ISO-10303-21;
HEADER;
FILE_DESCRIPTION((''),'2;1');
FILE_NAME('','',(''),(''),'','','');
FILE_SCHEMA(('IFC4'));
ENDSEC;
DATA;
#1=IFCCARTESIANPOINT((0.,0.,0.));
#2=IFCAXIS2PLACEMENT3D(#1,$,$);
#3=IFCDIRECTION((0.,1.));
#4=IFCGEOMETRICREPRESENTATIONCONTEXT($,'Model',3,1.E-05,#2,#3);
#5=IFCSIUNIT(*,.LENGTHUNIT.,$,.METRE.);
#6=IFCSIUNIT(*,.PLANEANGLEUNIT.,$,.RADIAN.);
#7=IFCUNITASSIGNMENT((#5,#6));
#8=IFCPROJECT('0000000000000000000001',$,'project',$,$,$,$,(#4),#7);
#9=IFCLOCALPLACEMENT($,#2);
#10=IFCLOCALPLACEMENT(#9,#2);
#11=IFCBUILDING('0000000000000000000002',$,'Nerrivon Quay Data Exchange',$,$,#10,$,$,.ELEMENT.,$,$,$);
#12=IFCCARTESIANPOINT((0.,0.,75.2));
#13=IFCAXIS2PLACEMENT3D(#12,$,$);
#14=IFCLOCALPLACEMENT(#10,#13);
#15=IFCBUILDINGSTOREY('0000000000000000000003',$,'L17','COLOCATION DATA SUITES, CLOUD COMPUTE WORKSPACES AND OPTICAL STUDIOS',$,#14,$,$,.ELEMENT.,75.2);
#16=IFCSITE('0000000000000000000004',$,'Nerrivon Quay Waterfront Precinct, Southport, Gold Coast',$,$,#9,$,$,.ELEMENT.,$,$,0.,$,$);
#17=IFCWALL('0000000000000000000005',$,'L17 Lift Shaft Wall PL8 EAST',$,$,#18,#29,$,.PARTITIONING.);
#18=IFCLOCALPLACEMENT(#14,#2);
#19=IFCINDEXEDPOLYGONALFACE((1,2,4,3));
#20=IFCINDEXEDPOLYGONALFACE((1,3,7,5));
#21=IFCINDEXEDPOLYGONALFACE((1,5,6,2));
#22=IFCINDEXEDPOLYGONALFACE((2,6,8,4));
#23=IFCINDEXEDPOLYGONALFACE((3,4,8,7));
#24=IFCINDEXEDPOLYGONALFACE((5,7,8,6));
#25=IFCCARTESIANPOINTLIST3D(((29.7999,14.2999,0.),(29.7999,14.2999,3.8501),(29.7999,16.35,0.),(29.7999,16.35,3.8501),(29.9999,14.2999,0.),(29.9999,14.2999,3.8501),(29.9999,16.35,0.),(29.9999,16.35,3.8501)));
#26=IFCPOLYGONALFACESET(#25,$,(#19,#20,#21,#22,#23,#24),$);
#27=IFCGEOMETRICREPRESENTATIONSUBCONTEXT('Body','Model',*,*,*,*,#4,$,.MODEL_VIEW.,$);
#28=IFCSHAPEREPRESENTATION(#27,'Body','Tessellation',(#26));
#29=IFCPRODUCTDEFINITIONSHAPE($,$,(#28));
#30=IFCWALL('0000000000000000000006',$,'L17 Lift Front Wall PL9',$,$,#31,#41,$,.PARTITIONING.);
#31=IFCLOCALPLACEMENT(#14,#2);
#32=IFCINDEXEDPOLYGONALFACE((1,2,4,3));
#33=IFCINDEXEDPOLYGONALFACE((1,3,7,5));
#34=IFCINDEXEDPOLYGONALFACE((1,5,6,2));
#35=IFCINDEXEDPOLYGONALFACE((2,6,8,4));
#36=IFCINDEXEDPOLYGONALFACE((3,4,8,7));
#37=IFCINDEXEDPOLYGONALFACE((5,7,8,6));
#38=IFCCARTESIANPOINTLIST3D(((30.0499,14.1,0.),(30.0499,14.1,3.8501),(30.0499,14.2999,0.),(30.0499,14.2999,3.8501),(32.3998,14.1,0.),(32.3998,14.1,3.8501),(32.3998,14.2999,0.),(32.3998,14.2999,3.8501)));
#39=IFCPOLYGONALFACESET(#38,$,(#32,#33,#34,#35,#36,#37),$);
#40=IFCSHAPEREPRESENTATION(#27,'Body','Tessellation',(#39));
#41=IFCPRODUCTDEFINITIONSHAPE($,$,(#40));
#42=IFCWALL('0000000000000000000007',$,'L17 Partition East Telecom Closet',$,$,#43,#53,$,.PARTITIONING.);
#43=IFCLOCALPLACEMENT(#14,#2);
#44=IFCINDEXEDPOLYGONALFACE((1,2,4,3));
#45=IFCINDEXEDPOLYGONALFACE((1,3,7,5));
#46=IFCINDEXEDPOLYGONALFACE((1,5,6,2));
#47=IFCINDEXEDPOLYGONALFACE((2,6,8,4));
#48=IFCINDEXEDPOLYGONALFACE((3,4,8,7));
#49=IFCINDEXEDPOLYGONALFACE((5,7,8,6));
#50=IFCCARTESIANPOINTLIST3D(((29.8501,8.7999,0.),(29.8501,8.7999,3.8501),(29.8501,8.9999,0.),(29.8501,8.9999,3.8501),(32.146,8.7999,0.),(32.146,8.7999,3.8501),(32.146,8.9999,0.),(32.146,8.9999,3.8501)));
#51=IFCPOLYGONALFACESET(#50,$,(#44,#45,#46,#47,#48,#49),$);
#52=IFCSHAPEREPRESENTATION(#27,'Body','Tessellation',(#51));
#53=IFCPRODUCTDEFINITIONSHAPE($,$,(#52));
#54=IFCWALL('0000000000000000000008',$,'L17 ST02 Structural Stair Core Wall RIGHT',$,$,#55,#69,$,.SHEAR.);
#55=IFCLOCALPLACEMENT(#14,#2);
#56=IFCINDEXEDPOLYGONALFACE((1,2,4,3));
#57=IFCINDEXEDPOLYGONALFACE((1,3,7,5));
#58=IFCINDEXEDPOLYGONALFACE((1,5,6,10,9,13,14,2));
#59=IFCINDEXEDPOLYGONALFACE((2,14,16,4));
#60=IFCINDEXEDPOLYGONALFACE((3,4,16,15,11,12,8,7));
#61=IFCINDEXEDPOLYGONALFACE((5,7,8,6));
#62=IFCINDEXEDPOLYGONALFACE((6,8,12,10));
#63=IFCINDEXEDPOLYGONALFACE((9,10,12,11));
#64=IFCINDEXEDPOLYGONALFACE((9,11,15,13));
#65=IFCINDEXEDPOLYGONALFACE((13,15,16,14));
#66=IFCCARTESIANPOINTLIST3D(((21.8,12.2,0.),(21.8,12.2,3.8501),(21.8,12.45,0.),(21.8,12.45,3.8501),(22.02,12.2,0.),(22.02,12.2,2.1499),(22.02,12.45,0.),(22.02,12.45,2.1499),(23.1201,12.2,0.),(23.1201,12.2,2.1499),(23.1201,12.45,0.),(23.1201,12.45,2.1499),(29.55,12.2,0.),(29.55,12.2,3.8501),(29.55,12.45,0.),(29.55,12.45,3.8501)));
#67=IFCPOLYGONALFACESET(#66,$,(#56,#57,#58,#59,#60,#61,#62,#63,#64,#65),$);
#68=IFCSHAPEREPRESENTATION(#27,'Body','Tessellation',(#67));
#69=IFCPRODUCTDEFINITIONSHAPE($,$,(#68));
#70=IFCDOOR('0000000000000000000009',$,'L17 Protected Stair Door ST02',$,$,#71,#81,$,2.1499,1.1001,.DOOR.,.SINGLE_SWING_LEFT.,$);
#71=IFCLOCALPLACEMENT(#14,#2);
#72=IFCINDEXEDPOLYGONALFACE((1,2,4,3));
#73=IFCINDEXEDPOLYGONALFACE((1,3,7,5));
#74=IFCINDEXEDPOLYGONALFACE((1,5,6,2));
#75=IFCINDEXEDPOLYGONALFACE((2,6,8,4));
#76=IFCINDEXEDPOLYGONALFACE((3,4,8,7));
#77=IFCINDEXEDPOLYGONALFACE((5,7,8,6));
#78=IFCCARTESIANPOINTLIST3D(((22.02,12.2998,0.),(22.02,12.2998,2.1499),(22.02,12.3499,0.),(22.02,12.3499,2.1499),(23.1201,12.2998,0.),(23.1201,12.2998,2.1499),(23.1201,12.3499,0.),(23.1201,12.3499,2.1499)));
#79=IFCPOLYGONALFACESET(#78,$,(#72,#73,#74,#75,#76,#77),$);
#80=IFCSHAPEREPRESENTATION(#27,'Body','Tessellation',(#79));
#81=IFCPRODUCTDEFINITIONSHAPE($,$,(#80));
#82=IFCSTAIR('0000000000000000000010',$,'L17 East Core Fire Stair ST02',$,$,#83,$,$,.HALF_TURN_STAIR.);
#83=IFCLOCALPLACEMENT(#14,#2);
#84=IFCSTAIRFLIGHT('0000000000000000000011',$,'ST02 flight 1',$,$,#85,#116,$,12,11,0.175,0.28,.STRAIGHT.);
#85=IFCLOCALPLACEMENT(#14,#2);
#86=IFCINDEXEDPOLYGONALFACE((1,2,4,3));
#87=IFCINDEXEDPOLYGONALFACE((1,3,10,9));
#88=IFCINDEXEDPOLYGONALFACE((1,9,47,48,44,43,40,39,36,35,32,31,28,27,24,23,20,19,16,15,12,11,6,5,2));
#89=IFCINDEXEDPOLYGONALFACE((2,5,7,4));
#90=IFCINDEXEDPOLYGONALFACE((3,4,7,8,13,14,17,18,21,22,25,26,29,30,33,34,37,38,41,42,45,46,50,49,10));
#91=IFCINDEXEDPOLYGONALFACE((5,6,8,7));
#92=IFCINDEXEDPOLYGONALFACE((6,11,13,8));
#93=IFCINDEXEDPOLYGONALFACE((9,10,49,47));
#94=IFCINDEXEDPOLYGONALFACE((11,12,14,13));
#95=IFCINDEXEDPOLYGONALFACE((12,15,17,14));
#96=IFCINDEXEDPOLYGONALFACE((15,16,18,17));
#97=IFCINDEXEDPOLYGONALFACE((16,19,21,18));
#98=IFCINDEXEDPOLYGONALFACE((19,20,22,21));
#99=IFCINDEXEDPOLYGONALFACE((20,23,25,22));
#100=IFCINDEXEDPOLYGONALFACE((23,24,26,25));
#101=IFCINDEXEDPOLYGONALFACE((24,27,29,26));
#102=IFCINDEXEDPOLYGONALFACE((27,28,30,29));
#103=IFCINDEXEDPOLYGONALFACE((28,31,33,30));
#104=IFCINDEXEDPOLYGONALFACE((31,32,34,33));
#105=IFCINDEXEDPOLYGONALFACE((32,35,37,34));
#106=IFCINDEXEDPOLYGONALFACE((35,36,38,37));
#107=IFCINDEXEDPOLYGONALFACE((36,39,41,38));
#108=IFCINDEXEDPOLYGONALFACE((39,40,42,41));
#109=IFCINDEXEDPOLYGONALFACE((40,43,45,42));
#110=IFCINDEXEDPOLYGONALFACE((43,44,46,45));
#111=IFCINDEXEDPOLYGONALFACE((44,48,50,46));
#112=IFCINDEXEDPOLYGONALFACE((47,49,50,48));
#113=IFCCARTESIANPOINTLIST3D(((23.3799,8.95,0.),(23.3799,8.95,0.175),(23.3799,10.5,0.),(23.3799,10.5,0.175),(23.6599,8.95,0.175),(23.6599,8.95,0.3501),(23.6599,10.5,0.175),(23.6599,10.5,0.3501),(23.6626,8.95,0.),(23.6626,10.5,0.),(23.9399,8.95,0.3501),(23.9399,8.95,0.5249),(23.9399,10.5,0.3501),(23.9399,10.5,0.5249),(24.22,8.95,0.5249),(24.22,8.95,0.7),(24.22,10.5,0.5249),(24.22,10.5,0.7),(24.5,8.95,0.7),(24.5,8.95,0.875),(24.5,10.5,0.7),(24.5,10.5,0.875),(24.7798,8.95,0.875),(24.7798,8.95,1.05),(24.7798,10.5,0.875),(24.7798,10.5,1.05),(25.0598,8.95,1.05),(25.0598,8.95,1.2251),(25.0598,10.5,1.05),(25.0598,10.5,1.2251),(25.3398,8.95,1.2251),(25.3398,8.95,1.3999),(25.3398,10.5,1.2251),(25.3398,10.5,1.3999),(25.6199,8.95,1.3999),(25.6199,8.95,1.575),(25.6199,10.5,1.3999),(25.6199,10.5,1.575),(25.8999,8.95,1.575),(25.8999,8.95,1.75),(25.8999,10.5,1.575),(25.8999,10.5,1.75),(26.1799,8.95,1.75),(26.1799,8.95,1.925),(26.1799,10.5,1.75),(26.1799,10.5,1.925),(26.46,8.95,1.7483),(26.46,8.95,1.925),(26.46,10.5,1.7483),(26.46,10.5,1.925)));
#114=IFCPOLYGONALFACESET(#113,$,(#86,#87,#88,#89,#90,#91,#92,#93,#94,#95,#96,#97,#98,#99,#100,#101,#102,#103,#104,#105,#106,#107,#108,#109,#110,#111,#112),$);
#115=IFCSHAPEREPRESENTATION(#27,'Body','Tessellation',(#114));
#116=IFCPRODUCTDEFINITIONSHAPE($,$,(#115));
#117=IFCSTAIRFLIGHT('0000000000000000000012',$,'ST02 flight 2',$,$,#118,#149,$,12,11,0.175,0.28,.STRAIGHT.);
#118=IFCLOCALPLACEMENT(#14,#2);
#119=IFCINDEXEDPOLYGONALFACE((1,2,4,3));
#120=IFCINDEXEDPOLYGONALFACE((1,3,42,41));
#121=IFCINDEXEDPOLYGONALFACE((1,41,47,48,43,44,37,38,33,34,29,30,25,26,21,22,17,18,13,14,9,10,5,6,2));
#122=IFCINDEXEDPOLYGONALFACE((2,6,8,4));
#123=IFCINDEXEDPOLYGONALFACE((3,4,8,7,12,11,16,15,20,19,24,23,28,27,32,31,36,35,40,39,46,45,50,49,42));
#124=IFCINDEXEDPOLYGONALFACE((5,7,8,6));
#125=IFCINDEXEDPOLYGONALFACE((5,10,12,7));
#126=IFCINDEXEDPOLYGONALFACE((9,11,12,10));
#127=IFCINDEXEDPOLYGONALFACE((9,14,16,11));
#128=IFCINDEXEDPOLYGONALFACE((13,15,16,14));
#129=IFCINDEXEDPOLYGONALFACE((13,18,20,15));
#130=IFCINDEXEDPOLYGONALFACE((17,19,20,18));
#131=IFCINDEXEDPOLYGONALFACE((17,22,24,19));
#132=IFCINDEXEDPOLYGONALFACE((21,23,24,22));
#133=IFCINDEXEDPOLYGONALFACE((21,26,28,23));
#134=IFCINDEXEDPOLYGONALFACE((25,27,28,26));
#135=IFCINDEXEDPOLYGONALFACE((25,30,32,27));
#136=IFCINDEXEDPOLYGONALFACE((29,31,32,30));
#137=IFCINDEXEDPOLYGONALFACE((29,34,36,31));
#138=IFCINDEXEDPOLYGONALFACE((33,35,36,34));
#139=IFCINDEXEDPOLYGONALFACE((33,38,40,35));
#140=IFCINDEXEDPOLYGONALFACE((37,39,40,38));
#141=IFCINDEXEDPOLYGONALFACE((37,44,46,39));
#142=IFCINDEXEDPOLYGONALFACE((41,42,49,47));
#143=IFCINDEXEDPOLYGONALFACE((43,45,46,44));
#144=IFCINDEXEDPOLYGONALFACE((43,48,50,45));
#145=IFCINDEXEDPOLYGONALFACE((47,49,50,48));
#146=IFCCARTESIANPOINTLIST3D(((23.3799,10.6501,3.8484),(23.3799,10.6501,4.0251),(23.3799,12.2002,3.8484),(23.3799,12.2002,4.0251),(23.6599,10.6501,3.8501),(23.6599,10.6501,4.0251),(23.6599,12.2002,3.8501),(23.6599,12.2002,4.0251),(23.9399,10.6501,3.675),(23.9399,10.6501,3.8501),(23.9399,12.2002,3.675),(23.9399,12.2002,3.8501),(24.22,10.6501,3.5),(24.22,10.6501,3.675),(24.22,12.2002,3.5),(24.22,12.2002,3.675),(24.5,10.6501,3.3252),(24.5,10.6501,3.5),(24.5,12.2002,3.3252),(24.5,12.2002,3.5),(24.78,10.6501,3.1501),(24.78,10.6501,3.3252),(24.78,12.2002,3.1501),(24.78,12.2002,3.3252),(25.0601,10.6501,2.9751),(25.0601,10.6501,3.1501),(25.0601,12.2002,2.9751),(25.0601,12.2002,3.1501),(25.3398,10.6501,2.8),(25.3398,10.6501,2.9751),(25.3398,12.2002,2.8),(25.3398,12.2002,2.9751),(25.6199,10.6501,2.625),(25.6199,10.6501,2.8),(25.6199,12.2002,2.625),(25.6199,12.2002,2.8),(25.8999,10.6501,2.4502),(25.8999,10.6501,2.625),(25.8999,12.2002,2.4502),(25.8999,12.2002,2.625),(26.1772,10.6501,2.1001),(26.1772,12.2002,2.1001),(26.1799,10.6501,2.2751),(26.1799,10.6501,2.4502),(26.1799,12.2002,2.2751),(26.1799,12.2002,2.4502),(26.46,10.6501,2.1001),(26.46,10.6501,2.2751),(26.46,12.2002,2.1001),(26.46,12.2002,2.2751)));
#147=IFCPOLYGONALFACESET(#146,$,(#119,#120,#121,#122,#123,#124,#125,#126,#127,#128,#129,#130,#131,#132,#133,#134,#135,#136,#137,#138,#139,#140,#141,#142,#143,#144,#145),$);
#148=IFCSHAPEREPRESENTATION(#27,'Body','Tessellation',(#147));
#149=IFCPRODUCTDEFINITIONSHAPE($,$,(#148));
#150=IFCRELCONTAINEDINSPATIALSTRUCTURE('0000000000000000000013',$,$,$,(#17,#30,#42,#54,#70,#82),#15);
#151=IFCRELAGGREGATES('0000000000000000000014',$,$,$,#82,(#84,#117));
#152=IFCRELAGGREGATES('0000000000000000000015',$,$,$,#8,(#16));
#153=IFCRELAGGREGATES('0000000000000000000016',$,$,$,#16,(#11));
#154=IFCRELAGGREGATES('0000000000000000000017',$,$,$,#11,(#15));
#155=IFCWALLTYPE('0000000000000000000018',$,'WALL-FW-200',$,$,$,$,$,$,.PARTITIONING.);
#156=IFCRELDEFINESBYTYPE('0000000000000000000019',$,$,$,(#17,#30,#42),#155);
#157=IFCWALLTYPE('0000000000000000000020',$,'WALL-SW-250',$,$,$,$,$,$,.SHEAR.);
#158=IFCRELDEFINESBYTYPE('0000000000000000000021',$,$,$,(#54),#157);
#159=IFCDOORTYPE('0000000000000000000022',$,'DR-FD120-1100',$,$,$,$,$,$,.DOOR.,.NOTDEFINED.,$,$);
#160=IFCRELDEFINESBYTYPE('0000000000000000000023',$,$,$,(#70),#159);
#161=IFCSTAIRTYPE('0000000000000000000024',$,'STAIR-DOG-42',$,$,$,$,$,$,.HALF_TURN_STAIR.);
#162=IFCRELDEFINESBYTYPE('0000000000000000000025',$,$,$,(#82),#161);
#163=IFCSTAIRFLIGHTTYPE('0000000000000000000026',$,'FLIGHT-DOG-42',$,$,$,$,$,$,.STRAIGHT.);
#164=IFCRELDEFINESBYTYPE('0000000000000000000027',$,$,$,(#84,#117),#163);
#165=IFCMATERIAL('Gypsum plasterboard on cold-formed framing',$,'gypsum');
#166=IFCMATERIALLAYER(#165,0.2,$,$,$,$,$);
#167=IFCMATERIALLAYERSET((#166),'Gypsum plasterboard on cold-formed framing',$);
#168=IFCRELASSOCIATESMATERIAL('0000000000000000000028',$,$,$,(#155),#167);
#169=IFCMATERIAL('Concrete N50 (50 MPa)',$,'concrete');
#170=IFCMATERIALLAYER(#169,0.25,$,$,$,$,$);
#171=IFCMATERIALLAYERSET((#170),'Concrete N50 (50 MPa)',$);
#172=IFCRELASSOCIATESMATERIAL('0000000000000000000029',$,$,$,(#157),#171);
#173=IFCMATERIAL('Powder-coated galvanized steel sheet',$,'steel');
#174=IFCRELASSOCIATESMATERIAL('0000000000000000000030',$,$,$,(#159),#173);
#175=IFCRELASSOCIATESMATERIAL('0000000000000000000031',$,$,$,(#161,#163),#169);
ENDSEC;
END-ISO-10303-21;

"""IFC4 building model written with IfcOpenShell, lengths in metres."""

from ifc_helpers import new_model, si_unit, direction, frame, frame_2d, origin, place, context, subcontext, project, spatial, polyline, rectangle, outline, extrude, material, layer, layer_set, type_object, element, fill, aggregate, save


model = new_model("IFC4")

# Units and contexts
model_context = context("Model", 3, precision=1e-05, world=origin(), true_north=direction((0.0, 1.0)))
body_context = subcontext(model_context, "Body", "Model", "MODEL_VIEW")
ifc_project = project(units=[si_unit("LENGTHUNIT", "METRE"), si_unit("PLANEANGLEUNIT", "RADIAN")], contexts=[model_context])

# Site, building, storey
site_placement = place(None, origin())
site = spatial("IfcSite", under=ifc_project, at=site_placement, Name="Nerrivon Quay Waterfront Precinct, Southport, Gold Coast", CompositionType="ELEMENT", RefElevation=0.0)
building_placement = place(site_placement, origin())
building = spatial("IfcBuilding", under=site, at=building_placement, Name="Nerrivon Quay Data Exchange", CompositionType="ELEMENT")
storey_placement = place(building_placement, frame((0.0, 0.0, 75.2)))
storey = spatial("IfcBuildingStorey", under=building, at=storey_placement, Name="L17", Description="COLOCATION DATA SUITES, CLOUD COMPUTE WORKSPACES AND OPTICAL STUDIOS", CompositionType="ELEMENT", Elevation=75.2)

# Shared definitions
ifc_material_1 = material(Name="Gypsum plasterboard on cold-formed framing", Category="gypsum")
ifc_layer_1 = layer(ifc_material_1, 0.2)
ifc_layer_set_1 = layer_set([ifc_layer_1], Name="Gypsum plasterboard on cold-formed framing")
wall_type_1 = type_object("IfcWallType", Name="WALL-FW-200", PredefinedType="PARTITIONING", material=ifc_layer_set_1)

# Shared definitions
ifc_material_2 = material(Name="Powder-coated galvanized steel sheet", Category="steel")

# Walls
wall_1_placement = place(storey_placement, frame((29.8999, 14.3, 0.0), z_axis=(0.0, 0.0, 1.0), x_axis=(0.0, 1.0, 0.0)))
element("IfcWall", 1, at=wall_1_placement, inside=storey, type_object=wall_type_1, Name="L17 Lift Shaft Wall PL8 EAST", PredefinedType="PARTITIONING", context=body_context, shape_type="SweptSolid", body=[
    extrude(rectangle(XDim=2.05, YDim=0.2, at=frame_2d((1.0249, 0.0))), origin(), (0.0, 0.0, 1.0), 3.8501),
])
wall_2_placement = place(storey_placement, frame((30.05, 14.2, 0.0), z_axis=(0.0, 0.0, 1.0), x_axis=(1.0, 0.0, 0.0)))
element("IfcWall", 2, at=wall_2_placement, inside=storey, type_object=wall_type_1, Name="L17 Lift Front Wall PL9", PredefinedType="PARTITIONING", context=body_context, shape_type="SweptSolid", body=[
    extrude(rectangle(XDim=2.3499, YDim=0.2, at=frame_2d((1.1748, 0.0))), origin(), (0.0, 0.0, 1.0), 3.8501),
])

# Wall
wall_3_placement = place(storey_placement, frame((29.8501, 8.8999, 0.0), z_axis=(0.0, 0.0, 1.0), x_axis=(1.0, 0.0, 0.0)))
element("IfcWall", 3, at=wall_3_placement, inside=storey, type_object=wall_type_1, Name="L17 Partition East Telecom Closet", PredefinedType="PARTITIONING", context=body_context, shape_type="SweptSolid", body=[
    extrude(rectangle(XDim=2.2959, YDim=0.2, at=frame_2d((1.1479, 0.0))), origin(), (0.0, 0.0, 1.0), 3.8501),
])

# Wall, opening, door
ifc_material_3 = material(Name="Concrete N50 (50 MPa)", Category="concrete")
ifc_layer_2 = layer(ifc_material_3, 0.25)
ifc_layer_set_2 = layer_set([ifc_layer_2], Name="Concrete N50 (50 MPa)")
wall_type_2 = type_object("IfcWallType", Name="WALL-SW-250", PredefinedType="SHEAR", material=ifc_layer_set_2)
wall_4_placement = place(storey_placement, frame((21.8, 12.325, 0.0), z_axis=(0.0, 0.0, 1.0), x_axis=(1.0, 0.0, 0.0)))
wall_4 = element("IfcWall", 4, at=wall_4_placement, inside=storey, type_object=wall_type_2, Name="L17 ST02 Structural Stair Core Wall RIGHT", PredefinedType="SHEAR", context=body_context, shape_type="SweptSolid", body=[
    extrude(rectangle(XDim=7.75, YDim=0.25, at=frame_2d((3.875, 0.0))), origin(), (0.0, 0.0, 1.0), 3.8501),
])
opening_1_placement = place(wall_4_placement, frame((0.22, 0.0, 0.0)))
opening_1 = element("IfcOpeningElement", 5, at=opening_1_placement, cuts=wall_4, PredefinedType="OPENING", context=body_context, shape_type="SweptSolid", body=[
    extrude(rectangle(XDim=1.1001, YDim=2.1499, at=frame_2d((0.55, 1.075))), frame((0.0, 0.135, 0.0), z_axis=(0.0, -1.0, 0.0), x_axis=(1.0, 0.0, 0.0)), (0.0, 0.0, 1.0), 0.27),
])
door_type_1 = type_object("IfcDoorType", Name="DR-FD120-1100", OperationType="NOTDEFINED", PredefinedType="DOOR", material=ifc_material_2)
door_1_placement = place(opening_1_placement, origin())
door_1 = element("IfcDoor", 6, at=door_1_placement, inside=storey, type_object=door_type_1, Name="L17 Protected Stair Door ST02", OperationType="SINGLE_SWING_LEFT", OverallHeight=2.1499, OverallWidth=1.1001, PredefinedType="DOOR", context=body_context, shape_type="SweptSolid", body=[
    extrude(rectangle(XDim=1.1001, YDim=2.1499, at=frame_2d((0.55, 1.075))), frame((0.0, 0.0249, 0.0), z_axis=(0.0, -1.0, 0.0), x_axis=(1.0, 0.0, 0.0)), (0.0, 0.0, 1.0), 0.05),
])
fill(opening_1, door_1)

# Stair, stair flights
stair_type = type_object("IfcStairType", Name="STAIR-DOG-42", PredefinedType="HALF_TURN_STAIR", material=ifc_material_3)
stair_placement = place(storey_placement, origin())
stair = element("IfcStair", 7, at=stair_placement, inside=storey, type_object=stair_type, Name="L17 East Core Fire Stair ST02", PredefinedType="HALF_TURN_STAIR")
stair_flight_type = type_object("IfcStairFlightType", Name="FLIGHT-DOG-42", PredefinedType="STRAIGHT", material=ifc_material_3)
stair_flight_1_placement = place(storey_placement, frame((23.3799, 9.7251, 0.0), z_axis=(0.0, 0.0, 1.0), x_axis=(1.0, 0.0, 0.0)))
stair_flight_1 = element("IfcStairFlight", 8, at=stair_flight_1_placement, type_object=stair_flight_type, Name="ST02 flight 1", NumberOfRisers=12, NumberOfTreads=11, PredefinedType="STRAIGHT", RiserHeight=0.175, TreadLength=0.28, context=body_context, shape_type="SweptSolid", body=[
    extrude(outline(polyline([(0.0, 0.0), (0.0, 0.175), (0.28, 0.175), (0.28, 0.3501), (0.5601, 0.3501), (0.5601, 0.5249), (0.8401, 0.5249), (0.8401, 0.7), (1.1201, 0.7), (1.1201, 0.875), (1.3999, 0.875), (1.3999, 1.05), (1.6799, 1.05), (1.6799, 1.2251), (1.96, 1.2251), (1.96, 1.3999), (2.24, 1.3999), (2.24, 1.575), (2.52, 1.575), (2.52, 1.75), (2.8, 1.75), (2.8, 1.925), (3.0801, 1.925), (3.0801, 2.1001), (3.0801, 1.7483), (0.2827, 0.0), (0.0, 0.0)])), frame((0.0, 0.7749, 0.0), z_axis=(0.0, -1.0, 0.0), x_axis=(1.0, 0.0, 0.0)), (0.0, 0.0, 1.0), 1.55),
])
stair_flight_2_placement = place(storey_placement, frame((26.46, 11.425, 2.1001), z_axis=(0.0, 0.0, 1.0), x_axis=(-1.0, 0.0, 0.0)))
stair_flight_2 = element("IfcStairFlight", 9, at=stair_flight_2_placement, type_object=stair_flight_type, Name="ST02 flight 2", NumberOfRisers=12, NumberOfTreads=11, PredefinedType="STRAIGHT", RiserHeight=0.175, TreadLength=0.28, context=body_context, shape_type="SweptSolid", body=[
    extrude(outline(polyline([(0.0, 0.0), (0.0, 0.175), (0.28, 0.175), (0.28, 0.3501), (0.5601, 0.3501), (0.5601, 0.5249), (0.8401, 0.5249), (0.8401, 0.7), (1.1201, 0.7), (1.1201, 0.875), (1.3999, 0.875), (1.3999, 1.05), (1.6799, 1.05), (1.6799, 1.2251), (1.96, 1.2251), (1.96, 1.3999), (2.24, 1.3999), (2.24, 1.575), (2.52, 1.575), (2.52, 1.75), (2.8, 1.75), (2.8, 1.925), (3.0801, 1.925), (3.0801, 2.1001), (3.0801, 1.7483), (0.2827, 0.0), (0.0, 0.0)])), frame((0.0, 0.7749, 0.0), z_axis=(0.0, -1.0, 0.0), x_axis=(1.0, 0.0, 0.0)), (0.0, 0.0, 1.0), 1.55),
])
aggregate(stair, [stair_flight_1, stair_flight_2])

save(model, "model.ifc")
